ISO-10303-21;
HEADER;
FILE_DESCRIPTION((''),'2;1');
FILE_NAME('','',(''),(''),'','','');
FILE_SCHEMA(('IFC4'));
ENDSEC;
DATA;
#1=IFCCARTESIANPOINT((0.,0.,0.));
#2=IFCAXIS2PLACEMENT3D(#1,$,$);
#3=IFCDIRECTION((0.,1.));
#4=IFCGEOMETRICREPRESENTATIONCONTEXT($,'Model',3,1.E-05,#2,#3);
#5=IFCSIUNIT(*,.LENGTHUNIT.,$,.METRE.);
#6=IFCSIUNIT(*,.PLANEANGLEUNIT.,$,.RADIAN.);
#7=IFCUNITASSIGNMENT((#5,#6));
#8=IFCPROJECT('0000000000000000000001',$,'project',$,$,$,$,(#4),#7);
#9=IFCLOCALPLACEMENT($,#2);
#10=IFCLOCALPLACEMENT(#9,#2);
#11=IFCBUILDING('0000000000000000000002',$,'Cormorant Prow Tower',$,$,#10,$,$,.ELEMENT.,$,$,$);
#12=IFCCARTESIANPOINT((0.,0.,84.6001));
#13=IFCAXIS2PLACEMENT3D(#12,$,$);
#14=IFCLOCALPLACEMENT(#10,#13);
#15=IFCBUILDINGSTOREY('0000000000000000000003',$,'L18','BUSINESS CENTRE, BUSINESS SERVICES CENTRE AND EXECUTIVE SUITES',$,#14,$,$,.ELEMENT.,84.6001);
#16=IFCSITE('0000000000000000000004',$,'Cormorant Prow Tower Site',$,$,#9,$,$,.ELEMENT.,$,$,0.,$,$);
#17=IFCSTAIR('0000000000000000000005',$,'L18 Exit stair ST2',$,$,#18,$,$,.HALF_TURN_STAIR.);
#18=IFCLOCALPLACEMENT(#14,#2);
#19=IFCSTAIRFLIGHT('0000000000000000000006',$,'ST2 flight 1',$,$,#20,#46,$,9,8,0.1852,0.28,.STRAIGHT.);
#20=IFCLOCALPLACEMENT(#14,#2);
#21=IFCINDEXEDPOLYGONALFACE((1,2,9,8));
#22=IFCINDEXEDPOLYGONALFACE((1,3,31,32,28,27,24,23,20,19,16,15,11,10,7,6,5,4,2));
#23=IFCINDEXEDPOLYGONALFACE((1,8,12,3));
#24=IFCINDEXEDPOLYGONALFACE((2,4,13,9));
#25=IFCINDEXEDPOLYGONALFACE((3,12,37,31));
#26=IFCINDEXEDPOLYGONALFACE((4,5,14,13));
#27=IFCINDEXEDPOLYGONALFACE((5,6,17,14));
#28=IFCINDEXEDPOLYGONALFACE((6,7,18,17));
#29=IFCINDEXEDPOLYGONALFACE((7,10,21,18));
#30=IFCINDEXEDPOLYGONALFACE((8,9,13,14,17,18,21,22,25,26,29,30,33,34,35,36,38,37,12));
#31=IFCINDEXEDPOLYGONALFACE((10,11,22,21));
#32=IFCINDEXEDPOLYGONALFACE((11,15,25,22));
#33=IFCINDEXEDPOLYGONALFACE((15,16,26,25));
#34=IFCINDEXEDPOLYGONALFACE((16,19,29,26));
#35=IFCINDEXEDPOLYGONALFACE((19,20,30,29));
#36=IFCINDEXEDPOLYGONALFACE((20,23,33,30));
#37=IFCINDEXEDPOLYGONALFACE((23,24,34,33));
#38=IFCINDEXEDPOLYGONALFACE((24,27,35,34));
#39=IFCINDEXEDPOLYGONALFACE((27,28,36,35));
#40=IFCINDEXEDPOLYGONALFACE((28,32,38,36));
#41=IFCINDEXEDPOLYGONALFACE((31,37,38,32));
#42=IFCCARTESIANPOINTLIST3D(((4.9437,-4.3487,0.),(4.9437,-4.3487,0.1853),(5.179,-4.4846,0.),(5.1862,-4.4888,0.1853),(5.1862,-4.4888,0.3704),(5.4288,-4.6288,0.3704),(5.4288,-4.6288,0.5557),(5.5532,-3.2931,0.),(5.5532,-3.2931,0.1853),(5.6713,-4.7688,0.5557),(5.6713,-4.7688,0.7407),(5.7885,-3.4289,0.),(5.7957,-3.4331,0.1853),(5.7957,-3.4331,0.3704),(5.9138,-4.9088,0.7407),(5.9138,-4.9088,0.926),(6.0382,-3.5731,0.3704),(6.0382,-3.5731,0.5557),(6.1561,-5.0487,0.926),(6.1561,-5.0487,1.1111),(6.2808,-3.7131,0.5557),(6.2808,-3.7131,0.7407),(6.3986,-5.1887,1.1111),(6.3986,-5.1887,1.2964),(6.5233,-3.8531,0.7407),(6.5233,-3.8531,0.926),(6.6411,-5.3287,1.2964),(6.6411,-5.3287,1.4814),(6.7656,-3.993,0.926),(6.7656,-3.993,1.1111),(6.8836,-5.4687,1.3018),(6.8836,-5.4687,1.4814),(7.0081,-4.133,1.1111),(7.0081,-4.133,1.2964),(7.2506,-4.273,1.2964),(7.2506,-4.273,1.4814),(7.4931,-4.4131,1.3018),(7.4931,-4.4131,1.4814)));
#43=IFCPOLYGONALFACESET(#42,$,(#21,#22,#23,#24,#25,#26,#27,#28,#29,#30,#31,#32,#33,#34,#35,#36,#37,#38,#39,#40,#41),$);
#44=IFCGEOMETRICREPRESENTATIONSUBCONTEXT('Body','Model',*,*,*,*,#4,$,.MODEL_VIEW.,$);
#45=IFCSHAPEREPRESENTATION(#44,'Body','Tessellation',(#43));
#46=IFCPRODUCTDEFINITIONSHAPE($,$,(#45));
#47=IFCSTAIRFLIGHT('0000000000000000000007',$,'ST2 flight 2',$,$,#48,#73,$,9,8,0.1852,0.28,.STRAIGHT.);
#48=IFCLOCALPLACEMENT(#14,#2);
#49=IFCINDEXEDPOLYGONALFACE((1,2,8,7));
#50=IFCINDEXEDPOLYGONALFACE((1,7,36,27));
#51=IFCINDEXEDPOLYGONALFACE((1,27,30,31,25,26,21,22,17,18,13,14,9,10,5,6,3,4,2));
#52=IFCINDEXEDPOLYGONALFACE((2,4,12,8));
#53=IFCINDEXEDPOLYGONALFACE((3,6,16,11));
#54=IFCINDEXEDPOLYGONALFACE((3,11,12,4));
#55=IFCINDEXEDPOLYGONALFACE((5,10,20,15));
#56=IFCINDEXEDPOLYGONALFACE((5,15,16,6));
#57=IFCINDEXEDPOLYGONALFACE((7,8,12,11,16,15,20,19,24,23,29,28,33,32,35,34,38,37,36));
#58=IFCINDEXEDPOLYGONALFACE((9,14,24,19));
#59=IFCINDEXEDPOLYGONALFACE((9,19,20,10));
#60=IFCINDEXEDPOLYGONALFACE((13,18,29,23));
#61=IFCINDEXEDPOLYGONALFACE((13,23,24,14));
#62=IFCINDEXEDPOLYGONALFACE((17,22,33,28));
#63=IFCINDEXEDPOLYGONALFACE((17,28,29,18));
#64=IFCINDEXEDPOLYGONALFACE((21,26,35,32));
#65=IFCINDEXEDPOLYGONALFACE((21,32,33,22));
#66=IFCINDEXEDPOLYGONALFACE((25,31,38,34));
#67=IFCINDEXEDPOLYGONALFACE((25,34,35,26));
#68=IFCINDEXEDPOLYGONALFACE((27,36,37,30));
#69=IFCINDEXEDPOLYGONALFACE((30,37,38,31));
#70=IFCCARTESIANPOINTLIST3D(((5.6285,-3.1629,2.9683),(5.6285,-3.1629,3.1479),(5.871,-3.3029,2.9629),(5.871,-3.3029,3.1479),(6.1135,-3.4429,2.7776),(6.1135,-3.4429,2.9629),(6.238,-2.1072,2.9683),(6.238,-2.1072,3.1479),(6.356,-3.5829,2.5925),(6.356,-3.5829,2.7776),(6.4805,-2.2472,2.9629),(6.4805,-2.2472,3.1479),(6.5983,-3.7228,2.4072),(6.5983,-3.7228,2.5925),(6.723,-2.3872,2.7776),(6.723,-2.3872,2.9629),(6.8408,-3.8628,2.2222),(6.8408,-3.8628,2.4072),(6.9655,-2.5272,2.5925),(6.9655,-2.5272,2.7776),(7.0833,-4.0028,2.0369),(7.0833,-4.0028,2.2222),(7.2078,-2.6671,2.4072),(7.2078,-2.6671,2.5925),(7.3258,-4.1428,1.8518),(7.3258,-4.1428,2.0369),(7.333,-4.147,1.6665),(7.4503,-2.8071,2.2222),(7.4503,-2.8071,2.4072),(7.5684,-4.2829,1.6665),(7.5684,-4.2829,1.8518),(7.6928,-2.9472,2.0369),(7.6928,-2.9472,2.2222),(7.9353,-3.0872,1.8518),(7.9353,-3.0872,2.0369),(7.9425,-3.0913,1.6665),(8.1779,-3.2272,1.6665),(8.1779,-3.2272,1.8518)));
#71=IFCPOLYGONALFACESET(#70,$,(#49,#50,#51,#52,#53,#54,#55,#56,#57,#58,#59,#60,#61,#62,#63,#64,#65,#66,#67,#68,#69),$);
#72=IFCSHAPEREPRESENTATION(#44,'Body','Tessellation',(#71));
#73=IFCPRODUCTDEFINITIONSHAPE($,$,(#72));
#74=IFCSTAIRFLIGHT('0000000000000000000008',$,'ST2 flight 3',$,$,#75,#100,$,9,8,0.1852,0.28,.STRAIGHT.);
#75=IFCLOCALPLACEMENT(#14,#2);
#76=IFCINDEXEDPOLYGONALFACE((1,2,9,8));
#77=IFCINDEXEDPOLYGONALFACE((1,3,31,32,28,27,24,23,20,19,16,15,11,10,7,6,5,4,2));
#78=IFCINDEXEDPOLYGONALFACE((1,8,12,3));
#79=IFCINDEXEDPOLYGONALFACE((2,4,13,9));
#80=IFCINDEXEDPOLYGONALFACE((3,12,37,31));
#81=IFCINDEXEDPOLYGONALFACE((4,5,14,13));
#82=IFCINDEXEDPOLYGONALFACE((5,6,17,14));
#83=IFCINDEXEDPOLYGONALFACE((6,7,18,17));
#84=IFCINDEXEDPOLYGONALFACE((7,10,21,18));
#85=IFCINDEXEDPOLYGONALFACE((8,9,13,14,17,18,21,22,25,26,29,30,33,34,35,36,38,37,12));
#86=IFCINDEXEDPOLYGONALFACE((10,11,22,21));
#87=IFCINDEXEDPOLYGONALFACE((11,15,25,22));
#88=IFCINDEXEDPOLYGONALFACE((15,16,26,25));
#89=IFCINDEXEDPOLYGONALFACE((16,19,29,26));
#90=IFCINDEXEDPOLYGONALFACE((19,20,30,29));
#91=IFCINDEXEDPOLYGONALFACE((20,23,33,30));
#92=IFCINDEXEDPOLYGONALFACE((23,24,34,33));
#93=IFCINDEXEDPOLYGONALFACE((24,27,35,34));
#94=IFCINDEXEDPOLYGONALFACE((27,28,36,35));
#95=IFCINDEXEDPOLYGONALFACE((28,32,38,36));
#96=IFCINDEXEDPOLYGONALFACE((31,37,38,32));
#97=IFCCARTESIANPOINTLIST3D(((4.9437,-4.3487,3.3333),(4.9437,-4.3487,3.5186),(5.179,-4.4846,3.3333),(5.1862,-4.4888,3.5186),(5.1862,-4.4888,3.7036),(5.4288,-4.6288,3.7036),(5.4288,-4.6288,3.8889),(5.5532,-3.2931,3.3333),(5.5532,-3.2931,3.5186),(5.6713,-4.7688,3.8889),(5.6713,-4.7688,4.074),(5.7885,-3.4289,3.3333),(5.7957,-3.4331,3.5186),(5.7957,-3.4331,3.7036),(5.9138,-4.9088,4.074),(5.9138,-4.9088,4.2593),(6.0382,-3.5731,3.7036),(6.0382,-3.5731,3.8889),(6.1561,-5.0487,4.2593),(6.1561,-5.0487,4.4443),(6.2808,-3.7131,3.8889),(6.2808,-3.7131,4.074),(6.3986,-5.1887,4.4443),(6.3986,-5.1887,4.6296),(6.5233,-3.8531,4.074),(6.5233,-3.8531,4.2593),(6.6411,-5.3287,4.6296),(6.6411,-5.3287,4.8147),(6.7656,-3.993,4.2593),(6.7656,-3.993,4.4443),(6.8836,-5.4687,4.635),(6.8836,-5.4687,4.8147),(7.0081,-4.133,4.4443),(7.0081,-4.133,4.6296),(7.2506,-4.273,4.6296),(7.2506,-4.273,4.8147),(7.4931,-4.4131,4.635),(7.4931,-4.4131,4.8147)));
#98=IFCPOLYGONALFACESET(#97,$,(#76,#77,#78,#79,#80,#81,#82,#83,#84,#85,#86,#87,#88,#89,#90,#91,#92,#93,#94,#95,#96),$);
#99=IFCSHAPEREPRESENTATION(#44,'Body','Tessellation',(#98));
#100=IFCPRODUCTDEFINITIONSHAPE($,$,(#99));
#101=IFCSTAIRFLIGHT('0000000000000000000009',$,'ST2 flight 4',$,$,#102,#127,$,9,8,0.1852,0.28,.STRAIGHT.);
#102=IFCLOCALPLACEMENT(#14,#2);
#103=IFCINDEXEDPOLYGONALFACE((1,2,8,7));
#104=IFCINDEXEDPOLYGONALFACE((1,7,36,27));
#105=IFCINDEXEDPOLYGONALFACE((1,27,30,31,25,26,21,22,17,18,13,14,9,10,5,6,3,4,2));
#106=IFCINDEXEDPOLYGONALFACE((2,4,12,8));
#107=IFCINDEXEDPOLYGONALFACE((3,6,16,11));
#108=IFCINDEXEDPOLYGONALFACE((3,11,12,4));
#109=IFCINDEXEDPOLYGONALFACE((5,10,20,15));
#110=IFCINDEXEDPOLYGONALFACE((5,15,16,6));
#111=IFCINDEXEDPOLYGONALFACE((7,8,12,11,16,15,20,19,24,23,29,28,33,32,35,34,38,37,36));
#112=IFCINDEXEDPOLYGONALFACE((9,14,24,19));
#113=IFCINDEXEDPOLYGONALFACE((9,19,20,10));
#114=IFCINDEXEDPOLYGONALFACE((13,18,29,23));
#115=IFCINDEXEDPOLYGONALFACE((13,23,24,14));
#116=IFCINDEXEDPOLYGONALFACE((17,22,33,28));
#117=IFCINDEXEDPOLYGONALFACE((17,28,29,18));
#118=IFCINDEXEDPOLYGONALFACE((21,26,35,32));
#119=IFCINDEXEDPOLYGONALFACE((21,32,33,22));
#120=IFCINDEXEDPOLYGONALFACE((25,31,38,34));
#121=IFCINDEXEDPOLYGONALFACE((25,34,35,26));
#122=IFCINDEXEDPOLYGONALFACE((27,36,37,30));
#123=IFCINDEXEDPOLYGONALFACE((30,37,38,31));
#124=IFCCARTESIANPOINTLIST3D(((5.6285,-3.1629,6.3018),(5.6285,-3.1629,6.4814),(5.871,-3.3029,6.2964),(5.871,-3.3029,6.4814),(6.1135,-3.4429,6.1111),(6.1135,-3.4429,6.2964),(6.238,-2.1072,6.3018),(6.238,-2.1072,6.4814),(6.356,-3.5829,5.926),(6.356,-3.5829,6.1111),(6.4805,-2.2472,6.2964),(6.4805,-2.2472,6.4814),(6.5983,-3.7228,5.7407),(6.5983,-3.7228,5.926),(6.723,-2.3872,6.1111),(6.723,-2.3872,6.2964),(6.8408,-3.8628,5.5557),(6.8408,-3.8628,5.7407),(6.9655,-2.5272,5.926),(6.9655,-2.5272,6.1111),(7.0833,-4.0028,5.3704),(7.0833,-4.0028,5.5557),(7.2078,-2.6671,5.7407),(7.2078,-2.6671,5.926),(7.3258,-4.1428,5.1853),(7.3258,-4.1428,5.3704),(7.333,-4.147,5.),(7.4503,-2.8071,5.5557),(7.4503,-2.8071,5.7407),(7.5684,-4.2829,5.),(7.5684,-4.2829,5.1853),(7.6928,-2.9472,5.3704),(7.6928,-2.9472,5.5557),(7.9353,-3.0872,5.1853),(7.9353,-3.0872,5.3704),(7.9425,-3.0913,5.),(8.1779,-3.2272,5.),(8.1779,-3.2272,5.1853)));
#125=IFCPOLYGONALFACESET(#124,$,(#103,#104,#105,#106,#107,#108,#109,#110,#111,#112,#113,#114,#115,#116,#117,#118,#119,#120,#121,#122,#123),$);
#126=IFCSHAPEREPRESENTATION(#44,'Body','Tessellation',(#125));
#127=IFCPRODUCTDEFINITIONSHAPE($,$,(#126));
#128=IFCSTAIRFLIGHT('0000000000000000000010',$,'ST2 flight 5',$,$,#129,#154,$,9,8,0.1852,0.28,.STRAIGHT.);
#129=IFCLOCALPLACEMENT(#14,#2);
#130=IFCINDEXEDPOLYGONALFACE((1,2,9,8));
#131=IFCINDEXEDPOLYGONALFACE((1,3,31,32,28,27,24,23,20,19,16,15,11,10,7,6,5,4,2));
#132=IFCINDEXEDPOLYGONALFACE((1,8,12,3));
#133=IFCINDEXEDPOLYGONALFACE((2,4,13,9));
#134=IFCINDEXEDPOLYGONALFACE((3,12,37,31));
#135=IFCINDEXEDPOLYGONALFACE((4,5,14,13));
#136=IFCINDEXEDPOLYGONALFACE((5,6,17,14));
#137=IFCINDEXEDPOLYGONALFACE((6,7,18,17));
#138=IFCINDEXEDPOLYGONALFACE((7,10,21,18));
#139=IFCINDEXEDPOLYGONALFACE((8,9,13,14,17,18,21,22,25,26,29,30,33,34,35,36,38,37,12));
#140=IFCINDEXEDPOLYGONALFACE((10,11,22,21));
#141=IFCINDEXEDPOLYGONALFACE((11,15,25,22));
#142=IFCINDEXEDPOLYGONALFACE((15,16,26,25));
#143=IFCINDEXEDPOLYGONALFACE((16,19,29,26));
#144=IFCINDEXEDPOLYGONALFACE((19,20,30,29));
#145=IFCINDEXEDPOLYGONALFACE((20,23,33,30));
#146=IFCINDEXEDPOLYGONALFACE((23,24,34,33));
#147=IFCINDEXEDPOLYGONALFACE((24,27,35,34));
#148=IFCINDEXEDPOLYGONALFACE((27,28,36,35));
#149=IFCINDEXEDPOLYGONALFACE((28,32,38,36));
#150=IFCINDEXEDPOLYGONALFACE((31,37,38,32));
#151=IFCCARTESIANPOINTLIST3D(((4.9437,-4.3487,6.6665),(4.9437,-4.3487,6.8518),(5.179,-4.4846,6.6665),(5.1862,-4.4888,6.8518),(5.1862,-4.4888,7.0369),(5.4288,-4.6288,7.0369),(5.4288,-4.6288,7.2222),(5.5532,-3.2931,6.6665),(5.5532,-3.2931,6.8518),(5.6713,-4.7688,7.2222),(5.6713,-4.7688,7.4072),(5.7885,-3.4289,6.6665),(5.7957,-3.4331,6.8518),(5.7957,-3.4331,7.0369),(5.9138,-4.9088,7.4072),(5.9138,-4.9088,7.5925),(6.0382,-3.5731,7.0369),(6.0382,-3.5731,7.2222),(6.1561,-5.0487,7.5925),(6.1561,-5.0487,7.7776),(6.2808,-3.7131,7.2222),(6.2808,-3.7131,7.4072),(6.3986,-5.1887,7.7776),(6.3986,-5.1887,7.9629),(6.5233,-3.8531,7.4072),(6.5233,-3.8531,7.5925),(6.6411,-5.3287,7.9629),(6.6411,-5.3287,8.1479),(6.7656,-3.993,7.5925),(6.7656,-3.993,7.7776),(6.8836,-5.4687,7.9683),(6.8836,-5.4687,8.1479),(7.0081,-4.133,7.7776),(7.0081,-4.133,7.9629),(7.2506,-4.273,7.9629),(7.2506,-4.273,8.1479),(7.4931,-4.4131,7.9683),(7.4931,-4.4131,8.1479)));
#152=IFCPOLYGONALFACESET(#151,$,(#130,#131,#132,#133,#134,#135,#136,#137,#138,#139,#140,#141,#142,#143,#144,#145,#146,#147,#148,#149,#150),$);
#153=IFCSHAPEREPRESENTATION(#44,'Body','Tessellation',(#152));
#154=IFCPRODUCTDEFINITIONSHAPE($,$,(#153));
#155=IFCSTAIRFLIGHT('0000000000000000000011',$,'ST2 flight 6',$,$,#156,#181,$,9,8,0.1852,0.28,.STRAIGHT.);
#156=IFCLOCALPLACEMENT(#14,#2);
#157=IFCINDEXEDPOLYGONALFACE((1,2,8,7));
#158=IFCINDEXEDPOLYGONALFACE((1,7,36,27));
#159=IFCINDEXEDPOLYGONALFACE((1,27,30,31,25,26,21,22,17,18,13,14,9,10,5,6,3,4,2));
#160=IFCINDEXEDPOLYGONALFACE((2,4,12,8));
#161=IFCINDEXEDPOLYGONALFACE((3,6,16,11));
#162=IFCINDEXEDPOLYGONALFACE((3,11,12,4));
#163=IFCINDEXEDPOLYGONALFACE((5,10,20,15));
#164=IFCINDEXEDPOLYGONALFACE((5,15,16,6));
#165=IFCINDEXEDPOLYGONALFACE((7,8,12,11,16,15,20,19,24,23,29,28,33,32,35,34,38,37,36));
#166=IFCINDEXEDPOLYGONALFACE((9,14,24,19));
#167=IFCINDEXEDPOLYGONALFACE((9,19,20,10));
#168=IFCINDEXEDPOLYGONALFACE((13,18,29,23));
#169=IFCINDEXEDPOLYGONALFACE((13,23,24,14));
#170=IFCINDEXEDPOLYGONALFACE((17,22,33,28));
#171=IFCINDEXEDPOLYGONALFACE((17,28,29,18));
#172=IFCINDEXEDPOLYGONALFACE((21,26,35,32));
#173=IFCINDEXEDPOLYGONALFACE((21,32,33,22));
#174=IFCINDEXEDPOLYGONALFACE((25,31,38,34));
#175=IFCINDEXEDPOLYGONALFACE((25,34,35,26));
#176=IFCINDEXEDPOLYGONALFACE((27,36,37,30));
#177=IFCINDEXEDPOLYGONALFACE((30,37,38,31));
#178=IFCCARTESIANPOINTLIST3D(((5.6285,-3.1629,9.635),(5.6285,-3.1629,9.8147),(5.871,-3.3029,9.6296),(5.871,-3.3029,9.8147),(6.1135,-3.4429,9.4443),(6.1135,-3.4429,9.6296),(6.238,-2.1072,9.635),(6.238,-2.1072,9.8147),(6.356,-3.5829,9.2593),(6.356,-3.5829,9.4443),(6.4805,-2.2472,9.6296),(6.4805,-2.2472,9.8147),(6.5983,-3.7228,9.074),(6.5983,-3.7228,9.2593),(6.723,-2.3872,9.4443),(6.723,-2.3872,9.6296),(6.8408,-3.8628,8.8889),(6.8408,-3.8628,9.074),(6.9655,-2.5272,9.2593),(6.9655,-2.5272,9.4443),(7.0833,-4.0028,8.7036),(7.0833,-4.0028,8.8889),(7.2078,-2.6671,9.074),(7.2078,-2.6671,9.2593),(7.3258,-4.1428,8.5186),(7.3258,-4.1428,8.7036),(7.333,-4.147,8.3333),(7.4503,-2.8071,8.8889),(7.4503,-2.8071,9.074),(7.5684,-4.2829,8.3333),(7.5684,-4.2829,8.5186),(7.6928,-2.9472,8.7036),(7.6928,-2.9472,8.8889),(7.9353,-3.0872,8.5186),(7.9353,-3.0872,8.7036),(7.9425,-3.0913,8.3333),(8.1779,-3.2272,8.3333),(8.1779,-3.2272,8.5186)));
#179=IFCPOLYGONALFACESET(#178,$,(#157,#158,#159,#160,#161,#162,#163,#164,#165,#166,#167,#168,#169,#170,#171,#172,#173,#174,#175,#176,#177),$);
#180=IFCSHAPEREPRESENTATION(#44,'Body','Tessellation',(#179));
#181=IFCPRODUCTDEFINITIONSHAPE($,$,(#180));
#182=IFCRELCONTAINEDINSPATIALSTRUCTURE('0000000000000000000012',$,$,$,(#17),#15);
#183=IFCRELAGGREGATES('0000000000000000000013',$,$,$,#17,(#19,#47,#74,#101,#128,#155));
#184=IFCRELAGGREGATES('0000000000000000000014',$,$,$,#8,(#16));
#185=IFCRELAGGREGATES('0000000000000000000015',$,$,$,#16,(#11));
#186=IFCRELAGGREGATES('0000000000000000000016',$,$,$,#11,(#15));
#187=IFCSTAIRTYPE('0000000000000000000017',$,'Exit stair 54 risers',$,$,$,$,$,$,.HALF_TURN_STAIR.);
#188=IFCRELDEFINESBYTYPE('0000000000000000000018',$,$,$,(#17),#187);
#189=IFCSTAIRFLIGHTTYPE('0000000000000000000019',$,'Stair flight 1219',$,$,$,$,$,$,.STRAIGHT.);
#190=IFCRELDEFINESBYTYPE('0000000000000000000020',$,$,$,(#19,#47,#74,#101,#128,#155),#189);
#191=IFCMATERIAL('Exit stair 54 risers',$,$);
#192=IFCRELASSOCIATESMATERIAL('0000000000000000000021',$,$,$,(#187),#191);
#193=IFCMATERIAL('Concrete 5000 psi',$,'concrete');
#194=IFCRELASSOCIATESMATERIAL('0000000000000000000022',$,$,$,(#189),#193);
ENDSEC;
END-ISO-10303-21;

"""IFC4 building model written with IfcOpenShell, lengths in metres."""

from ifc_helpers import new_model, si_unit, direction, frame, origin, place, context, subcontext, project, spatial, polyline, outline, extrude, material, type_object, element, aggregate, save


model = new_model("IFC4")

# Units and contexts
model_context = context("Model", 3, precision=1e-05, world=origin(), true_north=direction((0.0, 1.0)))
body_context = subcontext(model_context, "Body", "Model", "MODEL_VIEW")
ifc_project = project(units=[si_unit("LENGTHUNIT", "METRE"), si_unit("PLANEANGLEUNIT", "RADIAN")], contexts=[model_context])

# Site, building, storey
site_placement = place(None, origin())
site = spatial("IfcSite", under=ifc_project, at=site_placement, Name="Cormorant Prow Tower Site", CompositionType="ELEMENT", RefElevation=0.0)
building_placement = place(site_placement, origin())
building = spatial("IfcBuilding", under=site, at=building_placement, Name="Cormorant Prow Tower", CompositionType="ELEMENT")
storey_placement = place(building_placement, frame((0.0, 0.0, 84.6001)))
storey = spatial("IfcBuildingStorey", under=building, at=storey_placement, Name="L18", Description="BUSINESS CENTRE, BUSINESS SERVICES CENTRE AND EXECUTIVE SUITES", CompositionType="ELEMENT", Elevation=84.6001)

# Stair, stair flights
ifc_material_1 = material(Name="Exit stair 54 risers")
stair_type = type_object("IfcStairType", Name="Exit stair 54 risers", PredefinedType="HALF_TURN_STAIR", material=ifc_material_1)
stair_placement = place(storey_placement, origin())
stair = element("IfcStair", 1, at=stair_placement, inside=storey, type_object=stair_type, Name="L18 Exit stair ST2", PredefinedType="HALF_TURN_STAIR")
ifc_material_2 = material(Name="Concrete 5000 psi", Category="concrete")
stair_flight_type = type_object("IfcStairFlightType", Name="Stair flight 1219", PredefinedType="STRAIGHT", material=ifc_material_2)
stair_flight_1_placement = place(storey_placement, frame((5.2485, -3.8208, 0.0), z_axis=(0.0, 0.0, 1.0), x_axis=(0.866025, -0.5, 0.0)))
stair_flight_1 = element("IfcStairFlight", 2, at=stair_flight_1_placement, type_object=stair_flight_type, Name="ST2 flight 1", NumberOfRisers=9, NumberOfTreads=8, PredefinedType="STRAIGHT", RiserHeight=0.1852, TreadLength=0.28, context=body_context, shape_type="SweptSolid", body=[
    extrude(outline(polyline([(0.0, 0.0), (0.0, 0.1853), (0.28, 0.1853), (0.28, 0.3704), (0.5601, 0.3704), (0.5601, 0.5557), (0.8401, 0.5557), (0.8401, 0.7407), (1.1201, 0.7407), (1.1201, 0.926), (1.3999, 0.926), (1.3999, 1.1111), (1.6799, 1.1111), (1.6799, 1.2964), (1.96, 1.2964), (1.96, 1.4814), (2.24, 1.4814), (2.24, 1.6667), (2.24, 1.3018), (0.2717, 0.0), (0.0, 0.0)])), frame((0.0, 0.6094, 0.0), z_axis=(0.0, -1.0, 0.0), x_axis=(1.0, 0.0, 0.0)), (0.0, 0.0, 1.0), 1.219),
])
stair_flight_2_placement = place(storey_placement, frame((7.873, -3.7551, 1.6665), z_axis=(0.0, 0.0, 1.0), x_axis=(-0.866025, 0.5, 0.0)))
stair_flight_2 = element("IfcStairFlight", 3, at=stair_flight_2_placement, type_object=stair_flight_type, Name="ST2 flight 2", NumberOfRisers=9, NumberOfTreads=8, PredefinedType="STRAIGHT", RiserHeight=0.1852, TreadLength=0.28, context=body_context, shape_type="SweptSolid", body=[
    extrude(outline(polyline([(0.0, 0.0), (0.0, 0.1853), (0.28, 0.1853), (0.28, 0.3704), (0.5601, 0.3704), (0.5601, 0.5557), (0.8401, 0.5557), (0.8401, 0.7407), (1.1201, 0.7407), (1.1201, 0.926), (1.3999, 0.926), (1.3999, 1.1111), (1.6799, 1.1111), (1.6799, 1.2964), (1.96, 1.2964), (1.96, 1.4814), (2.24, 1.4814), (2.24, 1.6667), (2.24, 1.3018), (0.2717, 0.0), (0.0, 0.0)])), frame((0.0, 0.6094, 0.0), z_axis=(0.0, -1.0, 0.0), x_axis=(1.0, 0.0, 0.0)), (0.0, 0.0, 1.0), 1.219),
])
stair_flight_3_placement = place(storey_placement, frame((5.2485, -3.8208, 3.3333), z_axis=(0.0, 0.0, 1.0), x_axis=(0.866025, -0.5, 0.0)))
stair_flight_3 = element("IfcStairFlight", 4, at=stair_flight_3_placement, type_object=stair_flight_type, Name="ST2 flight 3", NumberOfRisers=9, NumberOfTreads=8, PredefinedType="STRAIGHT", RiserHeight=0.1852, TreadLength=0.28, context=body_context, shape_type="SweptSolid", body=[
    extrude(outline(polyline([(0.0, 0.0), (0.0, 0.1853), (0.28, 0.1853), (0.28, 0.3704), (0.5601, 0.3704), (0.5601, 0.5557), (0.8401, 0.5557), (0.8401, 0.7407), (1.1201, 0.7407), (1.1201, 0.926), (1.3999, 0.926), (1.3999, 1.1111), (1.6799, 1.1111), (1.6799, 1.2964), (1.96, 1.2964), (1.96, 1.4814), (2.24, 1.4814), (2.24, 1.6667), (2.24, 1.3018), (0.2717, 0.0), (0.0, 0.0)])), frame((0.0, 0.6094, 0.0), z_axis=(0.0, -1.0, 0.0), x_axis=(1.0, 0.0, 0.0)), (0.0, 0.0, 1.0), 1.219),
])
stair_flight_4_placement = place(storey_placement, frame((7.873, -3.7551, 5.0), z_axis=(0.0, 0.0, 1.0), x_axis=(-0.866025, 0.5, 0.0)))
stair_flight_4 = element("IfcStairFlight", 5, at=stair_flight_4_placement, type_object=stair_flight_type, Name="ST2 flight 4", NumberOfRisers=9, NumberOfTreads=8, PredefinedType="STRAIGHT", RiserHeight=0.1852, TreadLength=0.28, context=body_context, shape_type="SweptSolid", body=[
    extrude(outline(polyline([(0.0, 0.0), (0.0, 0.1853), (0.28, 0.1853), (0.28, 0.3704), (0.5601, 0.3704), (0.5601, 0.5557), (0.8401, 0.5557), (0.8401, 0.7407), (1.1201, 0.7407), (1.1201, 0.926), (1.3999, 0.926), (1.3999, 1.1111), (1.6799, 1.1111), (1.6799, 1.2964), (1.96, 1.2964), (1.96, 1.4814), (2.24, 1.4814), (2.24, 1.6667), (2.24, 1.3018), (0.2717, 0.0), (0.0, 0.0)])), frame((0.0, 0.6094, 0.0), z_axis=(0.0, -1.0, 0.0), x_axis=(1.0, 0.0, 0.0)), (0.0, 0.0, 1.0), 1.219),
])
stair_flight_5_placement = place(storey_placement, frame((5.2485, -3.8208, 6.6665), z_axis=(0.0, 0.0, 1.0), x_axis=(0.866025, -0.5, 0.0)))
stair_flight_5 = element("IfcStairFlight", 6, at=stair_flight_5_placement, type_object=stair_flight_type, Name="ST2 flight 5", NumberOfRisers=9, NumberOfTreads=8, PredefinedType="STRAIGHT", RiserHeight=0.1852, TreadLength=0.28, context=body_context, shape_type="SweptSolid", body=[
    extrude(outline(polyline([(0.0, 0.0), (0.0, 0.1853), (0.28, 0.1853), (0.28, 0.3704), (0.5601, 0.3704), (0.5601, 0.5557), (0.8401, 0.5557), (0.8401, 0.7407), (1.1201, 0.7407), (1.1201, 0.926), (1.3999, 0.926), (1.3999, 1.1111), (1.6799, 1.1111), (1.6799, 1.2964), (1.96, 1.2964), (1.96, 1.4814), (2.24, 1.4814), (2.24, 1.6667), (2.24, 1.3018), (0.2717, 0.0), (0.0, 0.0)])), frame((0.0, 0.6094, 0.0), z_axis=(0.0, -1.0, 0.0), x_axis=(1.0, 0.0, 0.0)), (0.0, 0.0, 1.0), 1.219),
])
stair_flight_6_placement = place(storey_placement, frame((7.873, -3.7551, 8.3333), z_axis=(0.0, 0.0, 1.0), x_axis=(-0.866025, 0.5, 0.0)))
stair_flight_6 = element("IfcStairFlight", 7, at=stair_flight_6_placement, type_object=stair_flight_type, Name="ST2 flight 6", NumberOfRisers=9, NumberOfTreads=8, PredefinedType="STRAIGHT", RiserHeight=0.1852, TreadLength=0.28, context=body_context, shape_type="SweptSolid", body=[
    extrude(outline(polyline([(0.0, 0.0), (0.0, 0.1853), (0.28, 0.1853), (0.28, 0.3704), (0.5601, 0.3704), (0.5601, 0.5557), (0.8401, 0.5557), (0.8401, 0.7407), (1.1201, 0.7407), (1.1201, 0.926), (1.3999, 0.926), (1.3999, 1.1111), (1.6799, 1.1111), (1.6799, 1.2964), (1.96, 1.2964), (1.96, 1.4814), (2.24, 1.4814), (2.24, 1.6667), (2.24, 1.3018), (0.2717, 0.0), (0.0, 0.0)])), frame((0.0, 0.6094, 0.0), z_axis=(0.0, -1.0, 0.0), x_axis=(1.0, 0.0, 0.0)), (0.0, 0.0, 1.0), 1.219),
])
aggregate(stair, [stair_flight_1, stair_flight_2, stair_flight_3, stair_flight_4, stair_flight_5, stair_flight_6])

save(model, "model.ifc")
